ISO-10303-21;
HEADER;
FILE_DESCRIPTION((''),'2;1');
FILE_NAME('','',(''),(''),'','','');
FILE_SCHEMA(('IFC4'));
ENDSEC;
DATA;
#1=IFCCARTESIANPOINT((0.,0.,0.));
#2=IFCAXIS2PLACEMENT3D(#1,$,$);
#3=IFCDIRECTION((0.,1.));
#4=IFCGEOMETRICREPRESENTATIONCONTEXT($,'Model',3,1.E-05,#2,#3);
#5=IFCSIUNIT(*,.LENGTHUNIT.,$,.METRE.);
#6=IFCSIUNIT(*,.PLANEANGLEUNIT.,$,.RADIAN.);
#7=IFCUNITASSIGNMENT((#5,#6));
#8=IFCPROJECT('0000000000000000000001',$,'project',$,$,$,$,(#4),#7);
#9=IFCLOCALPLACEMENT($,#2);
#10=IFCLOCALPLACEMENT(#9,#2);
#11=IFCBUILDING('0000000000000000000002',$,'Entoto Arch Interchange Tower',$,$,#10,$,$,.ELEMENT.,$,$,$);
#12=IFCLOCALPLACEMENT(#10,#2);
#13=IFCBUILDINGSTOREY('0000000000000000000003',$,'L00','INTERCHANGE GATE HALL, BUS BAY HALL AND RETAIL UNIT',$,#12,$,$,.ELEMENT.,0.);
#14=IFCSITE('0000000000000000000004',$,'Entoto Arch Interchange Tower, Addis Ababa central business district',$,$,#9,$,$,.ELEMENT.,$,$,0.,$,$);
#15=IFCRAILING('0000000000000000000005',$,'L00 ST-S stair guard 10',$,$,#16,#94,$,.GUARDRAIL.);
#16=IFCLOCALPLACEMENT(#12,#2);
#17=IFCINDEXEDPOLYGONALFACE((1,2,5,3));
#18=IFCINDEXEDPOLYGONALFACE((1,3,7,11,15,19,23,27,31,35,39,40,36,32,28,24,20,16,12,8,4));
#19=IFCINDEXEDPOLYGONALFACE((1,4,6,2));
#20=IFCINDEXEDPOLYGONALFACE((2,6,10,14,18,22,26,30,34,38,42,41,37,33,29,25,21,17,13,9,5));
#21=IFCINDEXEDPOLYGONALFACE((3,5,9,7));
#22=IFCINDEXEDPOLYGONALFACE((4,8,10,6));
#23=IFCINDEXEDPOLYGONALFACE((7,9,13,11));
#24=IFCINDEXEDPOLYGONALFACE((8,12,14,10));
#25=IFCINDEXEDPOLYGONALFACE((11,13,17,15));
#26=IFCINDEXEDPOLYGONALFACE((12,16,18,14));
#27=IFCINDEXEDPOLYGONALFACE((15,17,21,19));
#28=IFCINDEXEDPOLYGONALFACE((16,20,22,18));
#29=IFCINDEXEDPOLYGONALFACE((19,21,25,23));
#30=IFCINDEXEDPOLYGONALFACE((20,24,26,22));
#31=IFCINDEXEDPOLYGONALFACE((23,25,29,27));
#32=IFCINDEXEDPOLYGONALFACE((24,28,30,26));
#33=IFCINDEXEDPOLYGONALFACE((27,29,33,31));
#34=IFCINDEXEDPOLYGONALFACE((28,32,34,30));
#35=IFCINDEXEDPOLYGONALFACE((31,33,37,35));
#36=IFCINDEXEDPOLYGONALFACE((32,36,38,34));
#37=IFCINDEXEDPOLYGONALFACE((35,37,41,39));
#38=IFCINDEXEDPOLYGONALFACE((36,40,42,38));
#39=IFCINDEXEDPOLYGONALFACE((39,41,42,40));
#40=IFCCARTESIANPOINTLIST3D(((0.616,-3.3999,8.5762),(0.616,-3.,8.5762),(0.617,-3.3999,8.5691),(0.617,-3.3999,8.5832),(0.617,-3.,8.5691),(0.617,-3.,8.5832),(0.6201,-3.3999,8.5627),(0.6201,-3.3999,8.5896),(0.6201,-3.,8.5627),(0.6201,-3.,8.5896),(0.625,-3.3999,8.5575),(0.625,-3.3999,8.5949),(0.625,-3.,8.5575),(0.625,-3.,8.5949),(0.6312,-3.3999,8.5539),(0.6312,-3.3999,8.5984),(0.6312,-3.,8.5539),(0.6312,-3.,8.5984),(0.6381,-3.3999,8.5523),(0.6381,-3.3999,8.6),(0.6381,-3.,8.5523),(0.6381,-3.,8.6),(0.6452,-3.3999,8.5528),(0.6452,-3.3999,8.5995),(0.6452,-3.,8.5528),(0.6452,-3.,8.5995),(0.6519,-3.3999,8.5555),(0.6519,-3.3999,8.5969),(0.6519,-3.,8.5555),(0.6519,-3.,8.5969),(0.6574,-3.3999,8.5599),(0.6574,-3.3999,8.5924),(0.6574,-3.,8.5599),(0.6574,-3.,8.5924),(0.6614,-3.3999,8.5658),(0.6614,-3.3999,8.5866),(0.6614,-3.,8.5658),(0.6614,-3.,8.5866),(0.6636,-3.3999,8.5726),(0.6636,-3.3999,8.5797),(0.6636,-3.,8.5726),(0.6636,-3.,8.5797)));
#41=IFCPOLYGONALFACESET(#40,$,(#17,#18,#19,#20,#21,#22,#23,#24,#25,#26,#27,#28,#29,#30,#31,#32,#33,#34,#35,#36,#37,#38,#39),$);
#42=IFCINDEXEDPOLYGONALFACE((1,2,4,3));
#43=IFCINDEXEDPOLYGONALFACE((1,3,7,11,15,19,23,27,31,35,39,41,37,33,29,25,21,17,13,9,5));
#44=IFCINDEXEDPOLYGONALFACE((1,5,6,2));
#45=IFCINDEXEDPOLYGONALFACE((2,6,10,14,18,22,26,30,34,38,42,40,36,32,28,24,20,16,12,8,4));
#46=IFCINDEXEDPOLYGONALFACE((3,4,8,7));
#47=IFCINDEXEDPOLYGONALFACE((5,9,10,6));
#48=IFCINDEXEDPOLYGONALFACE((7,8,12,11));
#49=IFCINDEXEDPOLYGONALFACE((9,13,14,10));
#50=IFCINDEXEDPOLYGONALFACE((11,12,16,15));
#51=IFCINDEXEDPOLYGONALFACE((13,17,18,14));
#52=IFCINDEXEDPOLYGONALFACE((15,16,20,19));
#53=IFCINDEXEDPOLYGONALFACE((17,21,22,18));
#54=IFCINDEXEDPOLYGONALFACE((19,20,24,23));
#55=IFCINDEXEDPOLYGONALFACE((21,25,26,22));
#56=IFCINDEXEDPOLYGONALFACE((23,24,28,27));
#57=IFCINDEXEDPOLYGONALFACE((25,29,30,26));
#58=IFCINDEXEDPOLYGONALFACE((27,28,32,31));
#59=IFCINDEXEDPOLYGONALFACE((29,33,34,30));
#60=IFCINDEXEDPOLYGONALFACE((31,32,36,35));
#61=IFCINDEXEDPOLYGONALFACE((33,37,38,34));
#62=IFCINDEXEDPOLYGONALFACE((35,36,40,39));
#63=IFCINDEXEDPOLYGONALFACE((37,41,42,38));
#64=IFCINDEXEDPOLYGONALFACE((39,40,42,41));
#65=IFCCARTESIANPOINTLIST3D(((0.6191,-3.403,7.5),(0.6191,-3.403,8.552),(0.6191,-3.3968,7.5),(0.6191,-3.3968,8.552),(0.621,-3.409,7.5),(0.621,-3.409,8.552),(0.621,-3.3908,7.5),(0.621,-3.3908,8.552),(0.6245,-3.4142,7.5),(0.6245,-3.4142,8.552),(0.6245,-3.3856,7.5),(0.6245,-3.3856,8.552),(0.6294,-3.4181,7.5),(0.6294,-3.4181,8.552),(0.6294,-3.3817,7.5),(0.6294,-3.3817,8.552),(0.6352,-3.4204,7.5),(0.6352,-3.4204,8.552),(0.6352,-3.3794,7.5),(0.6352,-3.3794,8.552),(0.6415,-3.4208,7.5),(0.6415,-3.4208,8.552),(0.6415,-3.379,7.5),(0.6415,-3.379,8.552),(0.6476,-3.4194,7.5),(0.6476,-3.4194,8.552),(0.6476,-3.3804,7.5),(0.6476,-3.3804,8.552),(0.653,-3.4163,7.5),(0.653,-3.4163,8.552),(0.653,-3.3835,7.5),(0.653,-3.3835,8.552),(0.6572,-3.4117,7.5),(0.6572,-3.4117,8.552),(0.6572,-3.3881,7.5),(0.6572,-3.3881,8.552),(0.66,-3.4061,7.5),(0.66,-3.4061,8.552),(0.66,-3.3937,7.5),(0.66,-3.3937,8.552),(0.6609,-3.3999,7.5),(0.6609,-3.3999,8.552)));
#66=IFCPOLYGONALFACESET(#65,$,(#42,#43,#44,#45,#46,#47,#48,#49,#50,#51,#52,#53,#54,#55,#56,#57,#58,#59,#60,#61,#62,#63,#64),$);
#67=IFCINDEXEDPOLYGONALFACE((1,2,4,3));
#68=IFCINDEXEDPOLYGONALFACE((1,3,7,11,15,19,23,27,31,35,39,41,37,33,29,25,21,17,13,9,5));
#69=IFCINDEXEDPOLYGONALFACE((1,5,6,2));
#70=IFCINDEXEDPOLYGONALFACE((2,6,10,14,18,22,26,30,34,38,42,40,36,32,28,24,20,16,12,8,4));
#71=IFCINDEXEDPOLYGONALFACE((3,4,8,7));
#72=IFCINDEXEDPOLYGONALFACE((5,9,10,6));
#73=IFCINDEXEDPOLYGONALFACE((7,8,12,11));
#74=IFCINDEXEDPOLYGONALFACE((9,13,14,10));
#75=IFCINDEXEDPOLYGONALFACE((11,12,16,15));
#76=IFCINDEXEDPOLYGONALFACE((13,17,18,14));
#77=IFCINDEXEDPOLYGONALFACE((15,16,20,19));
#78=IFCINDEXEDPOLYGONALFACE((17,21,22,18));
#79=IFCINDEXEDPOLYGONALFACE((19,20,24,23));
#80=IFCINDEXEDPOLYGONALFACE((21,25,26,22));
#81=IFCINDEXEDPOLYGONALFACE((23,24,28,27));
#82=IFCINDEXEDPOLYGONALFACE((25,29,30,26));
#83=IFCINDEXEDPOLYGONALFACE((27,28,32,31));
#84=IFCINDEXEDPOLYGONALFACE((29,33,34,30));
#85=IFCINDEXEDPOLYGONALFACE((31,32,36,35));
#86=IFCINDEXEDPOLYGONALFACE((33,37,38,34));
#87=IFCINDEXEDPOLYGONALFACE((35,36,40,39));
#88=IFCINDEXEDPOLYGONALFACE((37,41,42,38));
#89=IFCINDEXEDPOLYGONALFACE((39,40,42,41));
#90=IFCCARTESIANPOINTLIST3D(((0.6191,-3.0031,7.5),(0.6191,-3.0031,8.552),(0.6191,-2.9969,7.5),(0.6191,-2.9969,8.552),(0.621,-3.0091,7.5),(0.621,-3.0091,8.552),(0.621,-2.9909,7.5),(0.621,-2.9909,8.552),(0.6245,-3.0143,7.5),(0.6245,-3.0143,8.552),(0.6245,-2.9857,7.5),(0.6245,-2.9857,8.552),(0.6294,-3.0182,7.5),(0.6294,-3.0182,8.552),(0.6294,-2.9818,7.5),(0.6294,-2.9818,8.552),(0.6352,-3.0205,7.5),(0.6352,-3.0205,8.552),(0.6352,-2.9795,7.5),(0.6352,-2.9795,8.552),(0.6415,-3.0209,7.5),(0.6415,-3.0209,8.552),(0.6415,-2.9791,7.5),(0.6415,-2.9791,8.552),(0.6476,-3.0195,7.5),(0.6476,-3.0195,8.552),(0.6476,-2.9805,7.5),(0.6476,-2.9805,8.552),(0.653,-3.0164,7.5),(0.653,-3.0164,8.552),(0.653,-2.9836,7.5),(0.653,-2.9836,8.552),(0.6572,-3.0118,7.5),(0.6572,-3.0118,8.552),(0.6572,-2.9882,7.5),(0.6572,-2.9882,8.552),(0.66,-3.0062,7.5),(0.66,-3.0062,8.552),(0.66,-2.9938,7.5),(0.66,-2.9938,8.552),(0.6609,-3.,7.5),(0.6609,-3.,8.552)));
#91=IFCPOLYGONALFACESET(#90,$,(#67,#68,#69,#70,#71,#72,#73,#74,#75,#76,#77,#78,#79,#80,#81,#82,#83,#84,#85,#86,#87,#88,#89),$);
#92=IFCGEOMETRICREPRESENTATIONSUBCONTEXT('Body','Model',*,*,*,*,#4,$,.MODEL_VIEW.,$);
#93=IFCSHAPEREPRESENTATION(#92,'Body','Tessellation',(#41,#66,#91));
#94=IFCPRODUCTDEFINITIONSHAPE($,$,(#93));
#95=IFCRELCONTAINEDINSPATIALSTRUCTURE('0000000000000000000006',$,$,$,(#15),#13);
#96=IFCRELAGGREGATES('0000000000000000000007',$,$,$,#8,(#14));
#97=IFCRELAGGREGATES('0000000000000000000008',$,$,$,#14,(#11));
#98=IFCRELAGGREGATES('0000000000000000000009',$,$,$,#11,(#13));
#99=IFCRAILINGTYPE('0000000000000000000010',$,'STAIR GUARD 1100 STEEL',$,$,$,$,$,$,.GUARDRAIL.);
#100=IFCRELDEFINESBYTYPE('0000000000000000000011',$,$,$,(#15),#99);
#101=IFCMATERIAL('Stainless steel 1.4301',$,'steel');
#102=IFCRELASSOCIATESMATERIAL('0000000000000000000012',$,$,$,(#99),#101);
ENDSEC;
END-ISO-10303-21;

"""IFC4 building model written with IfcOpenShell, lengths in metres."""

from ifc_helpers import new_model, si_unit, direction, frame, origin, origin_2d, place, context, subcontext, project, spatial, circle, extrude, material, type_object, element, save


model = new_model("IFC4")

# Units and contexts
model_context = context("Model", 3, precision=1e-05, world=origin(), true_north=direction((0.0, 1.0)))
body_context = subcontext(model_context, "Body", "Model", "MODEL_VIEW")
ifc_project = project(units=[si_unit("LENGTHUNIT", "METRE"), si_unit("PLANEANGLEUNIT", "RADIAN")], contexts=[model_context])

# Site, building, storey
site_placement = place(None, origin())
site = spatial("IfcSite", under=ifc_project, at=site_placement, Name="Entoto Arch Interchange Tower, Addis Ababa central business district", CompositionType="ELEMENT", RefElevation=0.0)
building_placement = place(site_placement, origin())
building = spatial("IfcBuilding", under=site, at=building_placement, Name="Entoto Arch Interchange Tower", CompositionType="ELEMENT")
storey_placement = place(building_placement, origin())
storey = spatial("IfcBuildingStorey", under=building, at=storey_placement, Name="L00", Description="INTERCHANGE GATE HALL, BUS BAY HALL AND RETAIL UNIT", CompositionType="ELEMENT", Elevation=0.0)

# Railing
ifc_material_1 = material(Name="Stainless steel 1.4301", Category="steel")
railing_type = type_object("IfcRailingType", Name="STAIR GUARD 1100 STEEL", PredefinedType="GUARDRAIL", material=ifc_material_1)
railing_1_placement = place(storey_placement, frame((0.6399, -3.3999, 7.5)))
element("IfcRailing", 1, at=railing_1_placement, inside=storey, type_object=railing_type, Name="L00 ST-S stair guard 10", PredefinedType="GUARDRAIL", context=body_context, shape_type="SweptSolid", body=[
    extrude(circle(Radius=0.0239, at=origin_2d()), frame((0.0, 0.0, 1.0762), z_axis=(0.0, 1.0, 0.0), x_axis=(-1.0, 0.0, 0.0)), (0.0, 0.0, 1.0), 0.3999),
    extrude(circle(Radius=0.021, at=origin_2d()), origin(), (0.0, 0.0, 1.0), 1.052),
    extrude(circle(Radius=0.021, at=origin_2d()), frame((0.0, 0.3999, 0.0)), (0.0, 0.0, 1.0), 1.052),
])

save(model, "model.ifc")
